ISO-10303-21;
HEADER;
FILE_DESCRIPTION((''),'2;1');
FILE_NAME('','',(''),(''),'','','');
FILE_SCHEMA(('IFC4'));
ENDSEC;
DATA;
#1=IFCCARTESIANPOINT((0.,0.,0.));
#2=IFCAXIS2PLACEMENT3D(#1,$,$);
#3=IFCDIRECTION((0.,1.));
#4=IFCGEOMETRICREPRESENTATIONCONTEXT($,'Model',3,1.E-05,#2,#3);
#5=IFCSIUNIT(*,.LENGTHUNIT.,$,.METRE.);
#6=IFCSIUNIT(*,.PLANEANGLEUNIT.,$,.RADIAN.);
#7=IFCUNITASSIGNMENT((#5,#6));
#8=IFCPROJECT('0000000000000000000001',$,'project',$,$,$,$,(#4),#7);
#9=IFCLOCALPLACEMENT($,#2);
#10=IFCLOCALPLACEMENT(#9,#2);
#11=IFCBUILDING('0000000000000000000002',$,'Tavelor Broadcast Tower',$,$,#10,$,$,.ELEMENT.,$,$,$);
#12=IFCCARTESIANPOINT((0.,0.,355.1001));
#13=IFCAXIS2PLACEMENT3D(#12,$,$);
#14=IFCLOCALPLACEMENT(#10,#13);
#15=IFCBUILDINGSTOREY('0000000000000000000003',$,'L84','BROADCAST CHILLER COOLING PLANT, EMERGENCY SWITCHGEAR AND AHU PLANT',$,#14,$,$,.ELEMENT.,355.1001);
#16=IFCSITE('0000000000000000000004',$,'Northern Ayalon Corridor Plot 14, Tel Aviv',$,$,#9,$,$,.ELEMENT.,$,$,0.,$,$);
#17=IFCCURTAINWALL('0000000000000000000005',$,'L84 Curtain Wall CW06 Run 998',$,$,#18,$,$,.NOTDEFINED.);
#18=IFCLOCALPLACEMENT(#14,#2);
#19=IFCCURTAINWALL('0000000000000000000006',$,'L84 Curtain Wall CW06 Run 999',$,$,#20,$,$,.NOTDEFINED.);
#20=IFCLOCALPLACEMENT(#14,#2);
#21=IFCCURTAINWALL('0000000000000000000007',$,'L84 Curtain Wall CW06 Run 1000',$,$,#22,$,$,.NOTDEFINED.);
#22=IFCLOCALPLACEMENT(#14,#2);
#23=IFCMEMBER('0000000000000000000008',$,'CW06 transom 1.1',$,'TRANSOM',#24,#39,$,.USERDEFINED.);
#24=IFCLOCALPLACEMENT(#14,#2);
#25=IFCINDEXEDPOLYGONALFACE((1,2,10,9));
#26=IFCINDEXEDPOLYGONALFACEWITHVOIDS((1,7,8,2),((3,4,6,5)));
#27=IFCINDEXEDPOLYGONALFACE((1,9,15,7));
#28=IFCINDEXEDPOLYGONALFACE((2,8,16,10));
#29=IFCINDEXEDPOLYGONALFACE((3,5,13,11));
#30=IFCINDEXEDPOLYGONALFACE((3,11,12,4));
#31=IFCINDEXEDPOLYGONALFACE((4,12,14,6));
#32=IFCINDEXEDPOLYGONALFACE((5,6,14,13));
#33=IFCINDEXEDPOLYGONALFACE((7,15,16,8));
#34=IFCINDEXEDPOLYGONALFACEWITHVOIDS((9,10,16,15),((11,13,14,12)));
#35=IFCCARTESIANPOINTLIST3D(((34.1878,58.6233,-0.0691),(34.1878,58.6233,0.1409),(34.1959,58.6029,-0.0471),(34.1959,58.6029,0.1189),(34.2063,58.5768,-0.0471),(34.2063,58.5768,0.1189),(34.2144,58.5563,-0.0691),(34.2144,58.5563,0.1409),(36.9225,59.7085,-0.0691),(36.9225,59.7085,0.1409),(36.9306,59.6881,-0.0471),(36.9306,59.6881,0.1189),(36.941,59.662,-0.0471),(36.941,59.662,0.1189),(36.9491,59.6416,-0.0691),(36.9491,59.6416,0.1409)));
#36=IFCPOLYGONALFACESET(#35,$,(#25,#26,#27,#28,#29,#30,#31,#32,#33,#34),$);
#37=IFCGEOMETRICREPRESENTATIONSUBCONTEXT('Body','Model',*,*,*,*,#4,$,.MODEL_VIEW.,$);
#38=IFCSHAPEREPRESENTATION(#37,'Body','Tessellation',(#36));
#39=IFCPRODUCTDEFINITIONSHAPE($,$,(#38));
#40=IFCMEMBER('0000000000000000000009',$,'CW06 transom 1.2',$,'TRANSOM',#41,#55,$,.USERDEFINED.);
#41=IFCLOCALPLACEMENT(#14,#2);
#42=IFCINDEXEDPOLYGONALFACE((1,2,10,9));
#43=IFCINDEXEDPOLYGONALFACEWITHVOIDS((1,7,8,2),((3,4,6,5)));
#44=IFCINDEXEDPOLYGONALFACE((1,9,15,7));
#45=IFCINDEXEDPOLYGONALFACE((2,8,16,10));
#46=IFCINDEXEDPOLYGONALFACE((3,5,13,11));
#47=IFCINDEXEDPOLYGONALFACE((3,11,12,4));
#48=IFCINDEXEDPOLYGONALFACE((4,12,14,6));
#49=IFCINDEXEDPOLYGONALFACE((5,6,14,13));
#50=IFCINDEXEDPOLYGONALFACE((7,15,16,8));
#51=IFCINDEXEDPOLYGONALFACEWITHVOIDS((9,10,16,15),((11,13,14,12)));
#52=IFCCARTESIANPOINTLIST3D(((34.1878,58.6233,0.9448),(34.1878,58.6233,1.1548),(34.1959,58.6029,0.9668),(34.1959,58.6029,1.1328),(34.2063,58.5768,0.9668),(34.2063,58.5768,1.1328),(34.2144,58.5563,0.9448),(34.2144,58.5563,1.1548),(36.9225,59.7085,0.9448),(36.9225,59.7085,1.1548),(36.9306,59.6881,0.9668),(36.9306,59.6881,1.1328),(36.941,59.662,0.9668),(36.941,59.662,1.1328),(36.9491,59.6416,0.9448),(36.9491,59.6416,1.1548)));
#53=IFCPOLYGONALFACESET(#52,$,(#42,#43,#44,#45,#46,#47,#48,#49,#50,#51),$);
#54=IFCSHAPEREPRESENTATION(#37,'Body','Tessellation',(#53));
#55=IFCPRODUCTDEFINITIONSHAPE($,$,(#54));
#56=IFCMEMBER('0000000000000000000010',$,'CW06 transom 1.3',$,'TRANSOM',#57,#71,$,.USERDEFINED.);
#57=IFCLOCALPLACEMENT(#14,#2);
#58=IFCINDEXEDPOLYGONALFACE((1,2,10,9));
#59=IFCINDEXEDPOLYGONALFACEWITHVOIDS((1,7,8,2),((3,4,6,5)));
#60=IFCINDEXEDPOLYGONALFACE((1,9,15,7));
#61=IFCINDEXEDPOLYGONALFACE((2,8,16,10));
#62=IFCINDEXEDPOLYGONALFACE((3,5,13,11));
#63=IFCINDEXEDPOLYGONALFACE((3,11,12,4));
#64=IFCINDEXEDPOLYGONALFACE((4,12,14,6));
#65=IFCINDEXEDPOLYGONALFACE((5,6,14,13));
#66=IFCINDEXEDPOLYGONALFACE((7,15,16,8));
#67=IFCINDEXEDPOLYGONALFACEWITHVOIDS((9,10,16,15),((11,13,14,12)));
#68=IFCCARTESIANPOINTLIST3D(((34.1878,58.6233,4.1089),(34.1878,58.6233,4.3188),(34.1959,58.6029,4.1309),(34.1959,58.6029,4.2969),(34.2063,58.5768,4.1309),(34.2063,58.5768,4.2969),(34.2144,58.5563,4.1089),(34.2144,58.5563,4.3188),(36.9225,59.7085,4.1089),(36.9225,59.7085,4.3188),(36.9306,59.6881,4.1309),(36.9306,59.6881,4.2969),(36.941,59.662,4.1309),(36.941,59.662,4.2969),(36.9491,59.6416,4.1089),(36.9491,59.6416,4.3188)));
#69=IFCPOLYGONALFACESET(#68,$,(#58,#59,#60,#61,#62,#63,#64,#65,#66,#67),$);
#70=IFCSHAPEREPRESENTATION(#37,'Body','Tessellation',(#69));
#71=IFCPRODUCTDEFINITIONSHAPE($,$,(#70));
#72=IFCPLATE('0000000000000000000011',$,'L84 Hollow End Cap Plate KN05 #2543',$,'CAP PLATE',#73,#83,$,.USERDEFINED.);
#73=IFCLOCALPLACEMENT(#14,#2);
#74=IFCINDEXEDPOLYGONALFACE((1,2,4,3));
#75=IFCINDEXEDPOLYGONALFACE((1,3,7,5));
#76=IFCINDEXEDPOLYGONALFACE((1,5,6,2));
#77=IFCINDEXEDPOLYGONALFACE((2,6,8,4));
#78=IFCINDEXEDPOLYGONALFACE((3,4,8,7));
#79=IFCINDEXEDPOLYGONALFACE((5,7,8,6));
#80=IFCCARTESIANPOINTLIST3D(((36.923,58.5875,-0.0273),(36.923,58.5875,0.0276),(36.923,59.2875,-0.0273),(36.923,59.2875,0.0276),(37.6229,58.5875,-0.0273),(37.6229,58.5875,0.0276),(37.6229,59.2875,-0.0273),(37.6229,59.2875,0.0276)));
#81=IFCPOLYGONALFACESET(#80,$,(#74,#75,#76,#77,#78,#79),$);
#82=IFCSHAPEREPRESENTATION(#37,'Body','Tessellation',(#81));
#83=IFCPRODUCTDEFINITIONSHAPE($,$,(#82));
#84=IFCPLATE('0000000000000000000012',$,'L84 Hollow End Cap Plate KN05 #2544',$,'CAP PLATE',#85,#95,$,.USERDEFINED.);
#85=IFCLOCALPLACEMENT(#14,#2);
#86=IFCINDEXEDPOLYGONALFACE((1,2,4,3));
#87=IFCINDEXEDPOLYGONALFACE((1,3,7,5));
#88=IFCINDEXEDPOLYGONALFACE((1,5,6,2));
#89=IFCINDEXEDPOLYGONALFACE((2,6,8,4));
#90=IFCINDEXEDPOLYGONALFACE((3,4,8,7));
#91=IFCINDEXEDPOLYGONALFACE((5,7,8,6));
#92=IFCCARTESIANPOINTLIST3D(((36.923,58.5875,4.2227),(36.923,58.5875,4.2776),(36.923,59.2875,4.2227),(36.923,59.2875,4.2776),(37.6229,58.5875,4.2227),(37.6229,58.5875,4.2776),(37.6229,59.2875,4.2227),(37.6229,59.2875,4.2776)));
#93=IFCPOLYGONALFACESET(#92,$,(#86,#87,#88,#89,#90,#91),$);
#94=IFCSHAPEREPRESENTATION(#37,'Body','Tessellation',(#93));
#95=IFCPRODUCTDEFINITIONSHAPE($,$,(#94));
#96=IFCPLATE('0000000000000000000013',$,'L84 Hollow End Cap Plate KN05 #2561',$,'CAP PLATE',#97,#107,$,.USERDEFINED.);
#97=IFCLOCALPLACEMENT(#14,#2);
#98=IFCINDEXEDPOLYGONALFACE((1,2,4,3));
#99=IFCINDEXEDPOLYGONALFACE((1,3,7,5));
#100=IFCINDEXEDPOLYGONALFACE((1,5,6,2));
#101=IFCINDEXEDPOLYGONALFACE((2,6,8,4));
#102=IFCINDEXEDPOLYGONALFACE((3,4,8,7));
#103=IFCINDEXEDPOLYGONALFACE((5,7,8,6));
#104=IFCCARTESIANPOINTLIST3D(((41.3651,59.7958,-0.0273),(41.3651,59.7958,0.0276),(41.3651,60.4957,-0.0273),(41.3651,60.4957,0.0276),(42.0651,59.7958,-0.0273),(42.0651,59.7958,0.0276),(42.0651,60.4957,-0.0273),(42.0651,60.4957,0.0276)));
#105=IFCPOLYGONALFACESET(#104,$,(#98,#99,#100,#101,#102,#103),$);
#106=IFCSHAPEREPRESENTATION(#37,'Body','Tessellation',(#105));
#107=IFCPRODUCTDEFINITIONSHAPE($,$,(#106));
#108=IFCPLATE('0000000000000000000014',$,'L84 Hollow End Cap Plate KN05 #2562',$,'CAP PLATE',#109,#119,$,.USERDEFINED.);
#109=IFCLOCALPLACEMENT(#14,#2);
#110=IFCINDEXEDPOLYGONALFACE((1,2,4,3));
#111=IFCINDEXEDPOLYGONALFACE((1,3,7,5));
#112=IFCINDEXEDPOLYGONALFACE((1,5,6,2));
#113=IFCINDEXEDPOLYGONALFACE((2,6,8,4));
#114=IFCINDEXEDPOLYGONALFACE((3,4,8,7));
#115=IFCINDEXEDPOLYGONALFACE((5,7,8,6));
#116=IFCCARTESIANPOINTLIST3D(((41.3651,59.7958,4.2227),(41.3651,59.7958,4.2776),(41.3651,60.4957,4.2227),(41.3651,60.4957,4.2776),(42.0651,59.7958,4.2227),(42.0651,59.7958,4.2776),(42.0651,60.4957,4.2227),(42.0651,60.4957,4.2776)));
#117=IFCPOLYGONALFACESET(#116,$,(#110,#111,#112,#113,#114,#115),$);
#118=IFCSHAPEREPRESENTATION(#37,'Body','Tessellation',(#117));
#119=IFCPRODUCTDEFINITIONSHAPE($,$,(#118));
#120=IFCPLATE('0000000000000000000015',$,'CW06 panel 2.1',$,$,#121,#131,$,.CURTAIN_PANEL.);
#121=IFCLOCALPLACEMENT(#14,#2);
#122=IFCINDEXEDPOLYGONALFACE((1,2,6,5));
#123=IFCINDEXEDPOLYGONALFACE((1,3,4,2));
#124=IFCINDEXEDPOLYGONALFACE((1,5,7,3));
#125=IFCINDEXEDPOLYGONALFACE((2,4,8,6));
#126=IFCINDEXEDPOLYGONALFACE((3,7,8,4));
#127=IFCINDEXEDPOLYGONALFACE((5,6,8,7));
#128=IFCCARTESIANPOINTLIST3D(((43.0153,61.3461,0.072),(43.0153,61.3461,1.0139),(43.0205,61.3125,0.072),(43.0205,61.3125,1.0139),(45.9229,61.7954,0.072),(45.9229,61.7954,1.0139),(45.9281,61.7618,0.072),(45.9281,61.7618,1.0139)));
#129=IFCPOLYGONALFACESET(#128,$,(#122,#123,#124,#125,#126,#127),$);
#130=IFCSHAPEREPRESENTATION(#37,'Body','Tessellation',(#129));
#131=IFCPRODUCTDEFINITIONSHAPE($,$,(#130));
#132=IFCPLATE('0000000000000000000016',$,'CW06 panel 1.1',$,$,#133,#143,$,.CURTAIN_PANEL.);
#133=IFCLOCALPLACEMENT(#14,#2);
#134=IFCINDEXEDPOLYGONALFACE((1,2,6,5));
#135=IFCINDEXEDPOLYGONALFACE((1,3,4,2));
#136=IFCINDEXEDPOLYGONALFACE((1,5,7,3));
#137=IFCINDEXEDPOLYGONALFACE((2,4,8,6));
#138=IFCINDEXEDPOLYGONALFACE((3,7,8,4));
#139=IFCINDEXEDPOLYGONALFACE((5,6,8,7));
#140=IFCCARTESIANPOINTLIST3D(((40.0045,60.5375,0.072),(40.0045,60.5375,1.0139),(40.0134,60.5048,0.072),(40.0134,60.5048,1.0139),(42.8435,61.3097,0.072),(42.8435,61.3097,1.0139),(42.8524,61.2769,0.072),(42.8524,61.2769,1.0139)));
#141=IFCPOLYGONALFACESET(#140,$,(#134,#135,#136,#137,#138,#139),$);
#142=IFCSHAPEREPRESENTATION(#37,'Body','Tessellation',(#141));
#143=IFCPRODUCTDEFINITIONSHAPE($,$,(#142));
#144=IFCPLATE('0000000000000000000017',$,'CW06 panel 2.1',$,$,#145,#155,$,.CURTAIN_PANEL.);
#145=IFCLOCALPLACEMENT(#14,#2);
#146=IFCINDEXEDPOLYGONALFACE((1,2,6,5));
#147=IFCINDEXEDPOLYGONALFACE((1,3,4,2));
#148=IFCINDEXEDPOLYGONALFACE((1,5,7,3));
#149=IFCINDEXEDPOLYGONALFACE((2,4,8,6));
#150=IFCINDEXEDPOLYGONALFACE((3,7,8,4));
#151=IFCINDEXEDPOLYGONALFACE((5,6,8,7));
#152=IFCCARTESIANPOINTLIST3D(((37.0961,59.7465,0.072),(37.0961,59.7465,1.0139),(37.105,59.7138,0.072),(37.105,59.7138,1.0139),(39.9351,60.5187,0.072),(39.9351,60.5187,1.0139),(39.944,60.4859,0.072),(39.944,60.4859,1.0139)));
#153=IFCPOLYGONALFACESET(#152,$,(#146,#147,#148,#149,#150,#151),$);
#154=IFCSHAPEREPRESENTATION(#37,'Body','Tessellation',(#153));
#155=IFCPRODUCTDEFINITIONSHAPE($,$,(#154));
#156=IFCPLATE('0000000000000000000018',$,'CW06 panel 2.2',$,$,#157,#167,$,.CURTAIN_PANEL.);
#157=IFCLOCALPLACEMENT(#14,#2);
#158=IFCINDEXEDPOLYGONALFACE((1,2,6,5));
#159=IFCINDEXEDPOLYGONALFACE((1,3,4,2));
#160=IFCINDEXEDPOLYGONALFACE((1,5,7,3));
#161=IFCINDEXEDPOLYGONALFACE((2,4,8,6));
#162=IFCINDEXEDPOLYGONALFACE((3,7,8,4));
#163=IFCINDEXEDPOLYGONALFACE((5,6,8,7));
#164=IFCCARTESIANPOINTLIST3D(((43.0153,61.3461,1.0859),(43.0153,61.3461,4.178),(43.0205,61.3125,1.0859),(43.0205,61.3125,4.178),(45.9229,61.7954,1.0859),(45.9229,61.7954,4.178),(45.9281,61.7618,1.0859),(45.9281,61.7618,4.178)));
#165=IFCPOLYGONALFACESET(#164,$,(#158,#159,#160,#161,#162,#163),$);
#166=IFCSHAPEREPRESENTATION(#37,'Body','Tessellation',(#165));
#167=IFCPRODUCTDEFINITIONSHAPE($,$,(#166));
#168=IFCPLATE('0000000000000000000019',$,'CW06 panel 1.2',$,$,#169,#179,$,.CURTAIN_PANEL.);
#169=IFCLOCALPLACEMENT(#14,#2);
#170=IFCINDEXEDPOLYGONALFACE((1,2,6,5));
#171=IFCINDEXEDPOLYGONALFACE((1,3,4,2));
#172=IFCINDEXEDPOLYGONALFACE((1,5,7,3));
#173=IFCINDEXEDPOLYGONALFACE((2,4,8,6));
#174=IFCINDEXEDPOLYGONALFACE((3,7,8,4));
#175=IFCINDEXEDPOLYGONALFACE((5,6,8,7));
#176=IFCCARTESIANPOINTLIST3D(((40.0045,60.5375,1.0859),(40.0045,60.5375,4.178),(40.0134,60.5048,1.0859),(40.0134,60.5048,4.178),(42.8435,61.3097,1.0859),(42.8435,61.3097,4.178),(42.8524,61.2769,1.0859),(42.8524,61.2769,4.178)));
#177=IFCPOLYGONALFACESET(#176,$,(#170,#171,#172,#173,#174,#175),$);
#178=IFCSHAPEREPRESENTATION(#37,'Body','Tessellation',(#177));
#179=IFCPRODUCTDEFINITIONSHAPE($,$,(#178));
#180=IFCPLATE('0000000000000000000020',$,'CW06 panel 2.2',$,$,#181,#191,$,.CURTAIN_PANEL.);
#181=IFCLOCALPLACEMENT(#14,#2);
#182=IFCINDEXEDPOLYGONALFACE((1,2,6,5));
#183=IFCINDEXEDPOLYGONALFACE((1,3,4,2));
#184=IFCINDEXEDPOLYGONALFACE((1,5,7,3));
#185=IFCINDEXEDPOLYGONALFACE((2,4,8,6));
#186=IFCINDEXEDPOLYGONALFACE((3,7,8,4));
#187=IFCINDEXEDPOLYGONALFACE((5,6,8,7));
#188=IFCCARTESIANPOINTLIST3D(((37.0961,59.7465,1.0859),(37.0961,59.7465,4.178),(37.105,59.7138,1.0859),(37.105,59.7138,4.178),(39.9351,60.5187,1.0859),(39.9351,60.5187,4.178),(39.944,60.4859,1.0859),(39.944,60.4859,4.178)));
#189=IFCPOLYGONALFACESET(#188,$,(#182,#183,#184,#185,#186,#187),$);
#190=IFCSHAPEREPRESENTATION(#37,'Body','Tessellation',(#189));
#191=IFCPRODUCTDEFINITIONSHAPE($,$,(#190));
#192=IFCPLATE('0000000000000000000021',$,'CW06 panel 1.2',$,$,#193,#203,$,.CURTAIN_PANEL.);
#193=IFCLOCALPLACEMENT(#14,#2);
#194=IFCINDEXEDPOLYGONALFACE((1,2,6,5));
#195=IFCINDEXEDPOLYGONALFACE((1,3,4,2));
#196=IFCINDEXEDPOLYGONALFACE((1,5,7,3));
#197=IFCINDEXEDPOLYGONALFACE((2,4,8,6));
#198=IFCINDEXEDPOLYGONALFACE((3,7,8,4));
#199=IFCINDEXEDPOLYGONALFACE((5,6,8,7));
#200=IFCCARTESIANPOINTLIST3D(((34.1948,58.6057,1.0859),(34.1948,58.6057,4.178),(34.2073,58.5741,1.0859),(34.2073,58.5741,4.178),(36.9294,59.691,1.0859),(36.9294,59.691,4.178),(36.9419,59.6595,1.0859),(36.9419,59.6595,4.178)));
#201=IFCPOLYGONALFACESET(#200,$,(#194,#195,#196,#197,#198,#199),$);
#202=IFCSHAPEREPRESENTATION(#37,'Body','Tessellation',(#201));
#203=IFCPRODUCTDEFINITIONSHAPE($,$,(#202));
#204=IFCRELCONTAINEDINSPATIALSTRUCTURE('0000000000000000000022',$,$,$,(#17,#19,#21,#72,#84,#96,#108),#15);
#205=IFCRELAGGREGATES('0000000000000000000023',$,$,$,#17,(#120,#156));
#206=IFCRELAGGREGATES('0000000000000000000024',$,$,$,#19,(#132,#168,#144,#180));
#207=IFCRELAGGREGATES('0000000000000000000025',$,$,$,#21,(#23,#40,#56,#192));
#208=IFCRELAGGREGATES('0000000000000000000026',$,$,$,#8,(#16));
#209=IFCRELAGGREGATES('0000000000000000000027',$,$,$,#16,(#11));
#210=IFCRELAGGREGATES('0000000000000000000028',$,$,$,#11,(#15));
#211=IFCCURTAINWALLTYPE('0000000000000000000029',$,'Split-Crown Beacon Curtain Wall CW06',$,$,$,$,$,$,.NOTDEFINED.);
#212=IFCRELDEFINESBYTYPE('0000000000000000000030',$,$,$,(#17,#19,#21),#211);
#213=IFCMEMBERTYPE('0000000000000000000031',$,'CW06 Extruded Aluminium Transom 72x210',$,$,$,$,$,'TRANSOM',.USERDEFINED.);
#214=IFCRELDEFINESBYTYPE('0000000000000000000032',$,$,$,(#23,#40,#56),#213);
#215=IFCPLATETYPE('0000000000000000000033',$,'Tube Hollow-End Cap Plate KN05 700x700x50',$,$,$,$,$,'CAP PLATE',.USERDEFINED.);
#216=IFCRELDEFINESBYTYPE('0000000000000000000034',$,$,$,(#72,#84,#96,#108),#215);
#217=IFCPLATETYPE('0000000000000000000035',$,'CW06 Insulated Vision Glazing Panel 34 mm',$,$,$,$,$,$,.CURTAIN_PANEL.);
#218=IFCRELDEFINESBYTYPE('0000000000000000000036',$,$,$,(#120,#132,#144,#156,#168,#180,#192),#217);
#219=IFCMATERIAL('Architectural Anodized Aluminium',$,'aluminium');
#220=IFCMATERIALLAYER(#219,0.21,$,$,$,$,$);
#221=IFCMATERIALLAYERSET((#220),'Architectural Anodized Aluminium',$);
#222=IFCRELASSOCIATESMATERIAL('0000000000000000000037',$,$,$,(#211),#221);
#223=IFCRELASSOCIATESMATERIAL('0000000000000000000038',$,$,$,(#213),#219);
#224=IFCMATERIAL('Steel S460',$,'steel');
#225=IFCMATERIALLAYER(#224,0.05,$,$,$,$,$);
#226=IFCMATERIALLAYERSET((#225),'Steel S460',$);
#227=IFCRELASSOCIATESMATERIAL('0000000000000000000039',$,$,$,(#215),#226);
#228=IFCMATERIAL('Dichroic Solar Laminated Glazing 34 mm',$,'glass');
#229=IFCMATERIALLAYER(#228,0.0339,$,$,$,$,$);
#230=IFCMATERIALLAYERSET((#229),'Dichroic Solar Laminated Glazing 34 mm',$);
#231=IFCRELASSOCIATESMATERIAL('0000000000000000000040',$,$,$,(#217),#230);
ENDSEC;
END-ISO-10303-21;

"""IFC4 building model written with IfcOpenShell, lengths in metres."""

from ifc_helpers import new_model, si_unit, direction, frame, origin, origin_2d, place, context, subcontext, project, spatial, rectangle, hollow_rectangle, extrude, source, transform, mapped, material, layer, layer_set, material_profile, profile_set, type_object, type_shapes, element, aggregate, save


model = new_model("IFC4")

# Units and contexts
model_context = context("Model", 3, precision=1e-05, world=origin(), true_north=direction((0.0, 1.0)))
body_context = subcontext(model_context, "Body", "Model", "MODEL_VIEW")
ifc_project = project(units=[si_unit("LENGTHUNIT", "METRE"), si_unit("PLANEANGLEUNIT", "RADIAN")], contexts=[model_context])

# Site, building, storey
site_placement = place(None, origin())
site = spatial("IfcSite", under=ifc_project, at=site_placement, Name="Northern Ayalon Corridor Plot 14, Tel Aviv", CompositionType="ELEMENT", RefElevation=0.0)
building_placement = place(site_placement, origin())
building = spatial("IfcBuilding", under=site, at=building_placement, Name="Tavelor Broadcast Tower", CompositionType="ELEMENT")
storey_placement = place(building_placement, frame((0.0, 0.0, 355.1001)))
storey = spatial("IfcBuildingStorey", under=building, at=storey_placement, Name="L84", Description="BROADCAST CHILLER COOLING PLANT, EMERGENCY SWITCHGEAR AND AHU PLANT", CompositionType="ELEMENT", Elevation=355.1001)

# Curtain walls
ifc_material_1 = material(Name="Architectural Anodized Aluminium", Category="aluminium")
ifc_layer_1 = layer(ifc_material_1, 0.21)
ifc_layer_set_1 = layer_set([ifc_layer_1], Name="Architectural Anodized Aluminium")
curtain_wall_type = type_object("IfcCurtainWallType", Name="Split-Crown Beacon Curtain Wall CW06", PredefinedType="NOTDEFINED", material=ifc_layer_set_1)
curtain_wall_1_placement = place(storey_placement, origin())
curtain_wall_1 = element("IfcCurtainWall", 1, at=curtain_wall_1_placement, inside=storey, type_object=curtain_wall_type, Name="L84 Curtain Wall CW06 Run 998", PredefinedType="NOTDEFINED")
curtain_wall_2_placement = place(storey_placement, origin())
curtain_wall_2 = element("IfcCurtainWall", 2, at=curtain_wall_2_placement, inside=storey, type_object=curtain_wall_type, Name="L84 Curtain Wall CW06 Run 999", PredefinedType="NOTDEFINED")

# Curtain wall
curtain_wall_3_placement = place(storey_placement, origin())
curtain_wall_3 = element("IfcCurtainWall", 3, at=curtain_wall_3_placement, inside=storey, type_object=curtain_wall_type, Name="L84 Curtain Wall CW06 Run 1000", PredefinedType="NOTDEFINED")

# Members
ifc_material_profile_1 = material_profile(ifc_material_1, hollow_rectangle(XDim=0.072, YDim=0.21, WallThickness=0.022, at=origin_2d()), Name="RHS 72x210x22")
ifc_profile_set_1 = profile_set([ifc_material_profile_1], Name="Architectural Anodized Aluminium")
member_type_1 = type_object("IfcMemberType", Name="CW06 Extruded Aluminium Transom 72x210", ElementType="TRANSOM", PredefinedType="USERDEFINED", material=ifc_profile_set_1)
shared_shape_1 = source(origin(), body_context, "Body", "SweptSolid", [
    extrude(hollow_rectangle(XDim=0.072, YDim=0.21, WallThickness=0.022, at=origin_2d()), origin(), (0.0, 0.0, 1.0), 2.9421),
])
member_1_placement = place(storey_placement, frame((36.9358, 59.675, 0.0359), z_axis=(-0.929486, -0.368857, 0.0), x_axis=(0.368857, -0.929486, 0.0)))
member_1 = element("IfcMember", 4, at=member_1_placement, type_object=member_type_1, Name="CW06 transom 1.1", ObjectType="TRANSOM", PredefinedType="USERDEFINED", context=body_context, shape_type="MappedRepresentation", body=[
    mapped(shared_shape_1, transform((0.0, 0.0, 0.0), scale=1.0)),
])
member_2_placement = place(storey_placement, frame((36.9358, 59.675, 1.0498), z_axis=(-0.929486, -0.368857, 0.0), x_axis=(0.368857, -0.929486, 0.0)))
member_2 = element("IfcMember", 5, at=member_2_placement, type_object=member_type_1, Name="CW06 transom 1.2", ObjectType="TRANSOM", PredefinedType="USERDEFINED", context=body_context, shape_type="MappedRepresentation", body=[
    mapped(shared_shape_1, transform((0.0, 0.0, 0.0), scale=1.0)),
])
member_3_placement = place(storey_placement, frame((36.9358, 59.675, 4.2139), z_axis=(-0.929486, -0.368857, 0.0), x_axis=(0.368857, -0.929486, 0.0)))
member_3 = element("IfcMember", 6, at=member_3_placement, type_object=member_type_1, Name="CW06 transom 1.3", ObjectType="TRANSOM", PredefinedType="USERDEFINED", context=body_context, shape_type="MappedRepresentation", body=[
    mapped(shared_shape_1, transform((0.0, 0.0, 0.0), scale=1.0)),
])

# Plates
ifc_material_2 = material(Name="Steel S460", Category="steel")
ifc_layer_2 = layer(ifc_material_2, 0.05)
ifc_layer_set_2 = layer_set([ifc_layer_2], Name="Steel S460")
plate_type_1 = type_object("IfcPlateType", Name="Tube Hollow-End Cap Plate KN05 700x700x50", ElementType="CAP PLATE", PredefinedType="USERDEFINED", material=ifc_layer_set_2)
shared_shape_2 = source(origin(), body_context, "Body", "SweptSolid", [
    extrude(rectangle(XDim=0.7, YDim=0.7, at=origin_2d()), origin(), (0.0, 0.0, 1.0), 0.0549),
])
type_shapes(plate_type_1, [shared_shape_2])
for number, where, z_axis, x_axis, name in (
    (7, (37.2729, 58.9375, -0.0273), (0.0, 0.0, 1.0), (1.0, 0.0, 0.0), "L84 Hollow End Cap Plate KN05 #2543"),
    (8, (37.2729, 58.9375, 4.2227), (0.0, 0.0, 1.0), (1.0, 0.0, 0.0), "L84 Hollow End Cap Plate KN05 #2544"),
    (9, (41.7151, 60.1458, -0.0273), (0.0, 0.0, 1.0), (1.0, 0.0, 0.0), "L84 Hollow End Cap Plate KN05 #2561"),
    (10, (41.7151, 60.1458, 4.2227), (0.0, 0.0, 1.0), (1.0, 0.0, 0.0), "L84 Hollow End Cap Plate KN05 #2562"),
):
    element("IfcPlate", number, at=place(storey_placement, frame(where, z_axis=z_axis, x_axis=x_axis)), inside=storey, type_object=plate_type_1, Name=name, ObjectType="CAP PLATE", PredefinedType="USERDEFINED", context=body_context, shape_type="MappedRepresentation", body=[
        mapped(shared_shape_2, transform((0.0, 0.0, 0.0), scale=1.0)),
    ])

# Plates
ifc_material_3 = material(Name="Dichroic Solar Laminated Glazing 34 mm", Category="glass")
ifc_layer_3 = layer(ifc_material_3, 0.0339)
ifc_layer_set_3 = layer_set([ifc_layer_3], Name="Dichroic Solar Laminated Glazing 34 mm")
plate_type_2 = type_object("IfcPlateType", Name="CW06 Insulated Vision Glazing Panel 34 mm", PredefinedType="CURTAIN_PANEL", material=ifc_layer_set_3)
shared_shape_3 = source(origin(), body_context, "Body", "SweptSolid", [
    extrude(rectangle(XDim=2.9421, YDim=0.0339, at=origin_2d()), origin(), (0.0, 0.0, 1.0), 0.9419),
])
plate_1_placement = place(storey_placement, frame((44.4717, 61.554, 0.072), z_axis=(0.0, 0.0, 1.0), x_axis=(-0.98827, -0.152715, 0.0)))
plate_1 = element("IfcPlate", 11, at=plate_1_placement, type_object=plate_type_2, Name="CW06 panel 2.1", PredefinedType="CURTAIN_PANEL", context=body_context, shape_type="MappedRepresentation", body=[
    mapped(shared_shape_3, transform((0.0, 0.0, 0.0), scale=1.0)),
])
plate_2_placement = place(storey_placement, frame((41.4285, 60.9072, 0.072), z_axis=(0.0, 0.0, 1.0), x_axis=(-0.964946, -0.262449, 0.0)))
plate_2 = element("IfcPlate", 12, at=plate_2_placement, type_object=plate_type_2, Name="CW06 panel 1.1", PredefinedType="CURTAIN_PANEL", context=body_context, shape_type="MappedRepresentation", body=[
    mapped(shared_shape_3, transform((0.0, 0.0, 0.0), scale=1.0)),
])
plate_3_placement = place(storey_placement, frame((38.52, 60.1162, 0.072), z_axis=(0.0, 0.0, 1.0), x_axis=(-0.964946, -0.262449, 0.0)))
plate_3 = element("IfcPlate", 13, at=plate_3_placement, type_object=plate_type_2, Name="CW06 panel 2.1", PredefinedType="CURTAIN_PANEL", context=body_context, shape_type="MappedRepresentation", body=[
    mapped(shared_shape_3, transform((0.0, 0.0, 0.0), scale=1.0)),
])
shared_shape_4 = source(origin(), body_context, "Body", "SweptSolid", [
    extrude(rectangle(XDim=2.9421, YDim=0.0339, at=origin_2d()), origin(), (0.0, 0.0, 1.0), 3.092),
])
type_shapes(plate_type_2, [shared_shape_3, shared_shape_4])
plate_4_placement = place(storey_placement, frame((44.4717, 61.554, 1.0859), z_axis=(0.0, 0.0, 1.0), x_axis=(-0.98827, -0.152715, 0.0)))
plate_4 = element("IfcPlate", 14, at=plate_4_placement, type_object=plate_type_2, Name="CW06 panel 2.2", PredefinedType="CURTAIN_PANEL", context=body_context, shape_type="MappedRepresentation", body=[
    mapped(shared_shape_4, transform((0.0, 0.0, 0.0), scale=1.0)),
])
aggregate(curtain_wall_1, [plate_1, plate_4])
plate_5_placement = place(storey_placement, frame((41.4285, 60.9072, 1.0859), z_axis=(0.0, 0.0, 1.0), x_axis=(-0.964946, -0.262449, 0.0)))
plate_5 = element("IfcPlate", 15, at=plate_5_placement, type_object=plate_type_2, Name="CW06 panel 1.2", PredefinedType="CURTAIN_PANEL", context=body_context, shape_type="MappedRepresentation", body=[
    mapped(shared_shape_4, transform((0.0, 0.0, 0.0), scale=1.0)),
])
plate_6_placement = place(storey_placement, frame((38.52, 60.1162, 1.0859), z_axis=(0.0, 0.0, 1.0), x_axis=(-0.964946, -0.262449, 0.0)))
plate_6 = element("IfcPlate", 16, at=plate_6_placement, type_object=plate_type_2, Name="CW06 panel 2.2", PredefinedType="CURTAIN_PANEL", context=body_context, shape_type="MappedRepresentation", body=[
    mapped(shared_shape_4, transform((0.0, 0.0, 0.0), scale=1.0)),
])
aggregate(curtain_wall_2, [plate_2, plate_5, plate_3, plate_6])
plate_7_placement = place(storey_placement, frame((35.5684, 59.1326, 1.0859), z_axis=(0.0, 0.0, 1.0), x_axis=(-0.929468, -0.368902, 0.0)))
plate_7 = element("IfcPlate", 17, at=plate_7_placement, type_object=plate_type_2, Name="CW06 panel 1.2", PredefinedType="CURTAIN_PANEL", context=body_context, shape_type="MappedRepresentation", body=[
    mapped(shared_shape_4, transform((0.0, 0.0, 0.0), scale=1.0)),
])
aggregate(curtain_wall_3, [member_1, member_2, member_3, plate_7])

save(model, "model.ifc")
